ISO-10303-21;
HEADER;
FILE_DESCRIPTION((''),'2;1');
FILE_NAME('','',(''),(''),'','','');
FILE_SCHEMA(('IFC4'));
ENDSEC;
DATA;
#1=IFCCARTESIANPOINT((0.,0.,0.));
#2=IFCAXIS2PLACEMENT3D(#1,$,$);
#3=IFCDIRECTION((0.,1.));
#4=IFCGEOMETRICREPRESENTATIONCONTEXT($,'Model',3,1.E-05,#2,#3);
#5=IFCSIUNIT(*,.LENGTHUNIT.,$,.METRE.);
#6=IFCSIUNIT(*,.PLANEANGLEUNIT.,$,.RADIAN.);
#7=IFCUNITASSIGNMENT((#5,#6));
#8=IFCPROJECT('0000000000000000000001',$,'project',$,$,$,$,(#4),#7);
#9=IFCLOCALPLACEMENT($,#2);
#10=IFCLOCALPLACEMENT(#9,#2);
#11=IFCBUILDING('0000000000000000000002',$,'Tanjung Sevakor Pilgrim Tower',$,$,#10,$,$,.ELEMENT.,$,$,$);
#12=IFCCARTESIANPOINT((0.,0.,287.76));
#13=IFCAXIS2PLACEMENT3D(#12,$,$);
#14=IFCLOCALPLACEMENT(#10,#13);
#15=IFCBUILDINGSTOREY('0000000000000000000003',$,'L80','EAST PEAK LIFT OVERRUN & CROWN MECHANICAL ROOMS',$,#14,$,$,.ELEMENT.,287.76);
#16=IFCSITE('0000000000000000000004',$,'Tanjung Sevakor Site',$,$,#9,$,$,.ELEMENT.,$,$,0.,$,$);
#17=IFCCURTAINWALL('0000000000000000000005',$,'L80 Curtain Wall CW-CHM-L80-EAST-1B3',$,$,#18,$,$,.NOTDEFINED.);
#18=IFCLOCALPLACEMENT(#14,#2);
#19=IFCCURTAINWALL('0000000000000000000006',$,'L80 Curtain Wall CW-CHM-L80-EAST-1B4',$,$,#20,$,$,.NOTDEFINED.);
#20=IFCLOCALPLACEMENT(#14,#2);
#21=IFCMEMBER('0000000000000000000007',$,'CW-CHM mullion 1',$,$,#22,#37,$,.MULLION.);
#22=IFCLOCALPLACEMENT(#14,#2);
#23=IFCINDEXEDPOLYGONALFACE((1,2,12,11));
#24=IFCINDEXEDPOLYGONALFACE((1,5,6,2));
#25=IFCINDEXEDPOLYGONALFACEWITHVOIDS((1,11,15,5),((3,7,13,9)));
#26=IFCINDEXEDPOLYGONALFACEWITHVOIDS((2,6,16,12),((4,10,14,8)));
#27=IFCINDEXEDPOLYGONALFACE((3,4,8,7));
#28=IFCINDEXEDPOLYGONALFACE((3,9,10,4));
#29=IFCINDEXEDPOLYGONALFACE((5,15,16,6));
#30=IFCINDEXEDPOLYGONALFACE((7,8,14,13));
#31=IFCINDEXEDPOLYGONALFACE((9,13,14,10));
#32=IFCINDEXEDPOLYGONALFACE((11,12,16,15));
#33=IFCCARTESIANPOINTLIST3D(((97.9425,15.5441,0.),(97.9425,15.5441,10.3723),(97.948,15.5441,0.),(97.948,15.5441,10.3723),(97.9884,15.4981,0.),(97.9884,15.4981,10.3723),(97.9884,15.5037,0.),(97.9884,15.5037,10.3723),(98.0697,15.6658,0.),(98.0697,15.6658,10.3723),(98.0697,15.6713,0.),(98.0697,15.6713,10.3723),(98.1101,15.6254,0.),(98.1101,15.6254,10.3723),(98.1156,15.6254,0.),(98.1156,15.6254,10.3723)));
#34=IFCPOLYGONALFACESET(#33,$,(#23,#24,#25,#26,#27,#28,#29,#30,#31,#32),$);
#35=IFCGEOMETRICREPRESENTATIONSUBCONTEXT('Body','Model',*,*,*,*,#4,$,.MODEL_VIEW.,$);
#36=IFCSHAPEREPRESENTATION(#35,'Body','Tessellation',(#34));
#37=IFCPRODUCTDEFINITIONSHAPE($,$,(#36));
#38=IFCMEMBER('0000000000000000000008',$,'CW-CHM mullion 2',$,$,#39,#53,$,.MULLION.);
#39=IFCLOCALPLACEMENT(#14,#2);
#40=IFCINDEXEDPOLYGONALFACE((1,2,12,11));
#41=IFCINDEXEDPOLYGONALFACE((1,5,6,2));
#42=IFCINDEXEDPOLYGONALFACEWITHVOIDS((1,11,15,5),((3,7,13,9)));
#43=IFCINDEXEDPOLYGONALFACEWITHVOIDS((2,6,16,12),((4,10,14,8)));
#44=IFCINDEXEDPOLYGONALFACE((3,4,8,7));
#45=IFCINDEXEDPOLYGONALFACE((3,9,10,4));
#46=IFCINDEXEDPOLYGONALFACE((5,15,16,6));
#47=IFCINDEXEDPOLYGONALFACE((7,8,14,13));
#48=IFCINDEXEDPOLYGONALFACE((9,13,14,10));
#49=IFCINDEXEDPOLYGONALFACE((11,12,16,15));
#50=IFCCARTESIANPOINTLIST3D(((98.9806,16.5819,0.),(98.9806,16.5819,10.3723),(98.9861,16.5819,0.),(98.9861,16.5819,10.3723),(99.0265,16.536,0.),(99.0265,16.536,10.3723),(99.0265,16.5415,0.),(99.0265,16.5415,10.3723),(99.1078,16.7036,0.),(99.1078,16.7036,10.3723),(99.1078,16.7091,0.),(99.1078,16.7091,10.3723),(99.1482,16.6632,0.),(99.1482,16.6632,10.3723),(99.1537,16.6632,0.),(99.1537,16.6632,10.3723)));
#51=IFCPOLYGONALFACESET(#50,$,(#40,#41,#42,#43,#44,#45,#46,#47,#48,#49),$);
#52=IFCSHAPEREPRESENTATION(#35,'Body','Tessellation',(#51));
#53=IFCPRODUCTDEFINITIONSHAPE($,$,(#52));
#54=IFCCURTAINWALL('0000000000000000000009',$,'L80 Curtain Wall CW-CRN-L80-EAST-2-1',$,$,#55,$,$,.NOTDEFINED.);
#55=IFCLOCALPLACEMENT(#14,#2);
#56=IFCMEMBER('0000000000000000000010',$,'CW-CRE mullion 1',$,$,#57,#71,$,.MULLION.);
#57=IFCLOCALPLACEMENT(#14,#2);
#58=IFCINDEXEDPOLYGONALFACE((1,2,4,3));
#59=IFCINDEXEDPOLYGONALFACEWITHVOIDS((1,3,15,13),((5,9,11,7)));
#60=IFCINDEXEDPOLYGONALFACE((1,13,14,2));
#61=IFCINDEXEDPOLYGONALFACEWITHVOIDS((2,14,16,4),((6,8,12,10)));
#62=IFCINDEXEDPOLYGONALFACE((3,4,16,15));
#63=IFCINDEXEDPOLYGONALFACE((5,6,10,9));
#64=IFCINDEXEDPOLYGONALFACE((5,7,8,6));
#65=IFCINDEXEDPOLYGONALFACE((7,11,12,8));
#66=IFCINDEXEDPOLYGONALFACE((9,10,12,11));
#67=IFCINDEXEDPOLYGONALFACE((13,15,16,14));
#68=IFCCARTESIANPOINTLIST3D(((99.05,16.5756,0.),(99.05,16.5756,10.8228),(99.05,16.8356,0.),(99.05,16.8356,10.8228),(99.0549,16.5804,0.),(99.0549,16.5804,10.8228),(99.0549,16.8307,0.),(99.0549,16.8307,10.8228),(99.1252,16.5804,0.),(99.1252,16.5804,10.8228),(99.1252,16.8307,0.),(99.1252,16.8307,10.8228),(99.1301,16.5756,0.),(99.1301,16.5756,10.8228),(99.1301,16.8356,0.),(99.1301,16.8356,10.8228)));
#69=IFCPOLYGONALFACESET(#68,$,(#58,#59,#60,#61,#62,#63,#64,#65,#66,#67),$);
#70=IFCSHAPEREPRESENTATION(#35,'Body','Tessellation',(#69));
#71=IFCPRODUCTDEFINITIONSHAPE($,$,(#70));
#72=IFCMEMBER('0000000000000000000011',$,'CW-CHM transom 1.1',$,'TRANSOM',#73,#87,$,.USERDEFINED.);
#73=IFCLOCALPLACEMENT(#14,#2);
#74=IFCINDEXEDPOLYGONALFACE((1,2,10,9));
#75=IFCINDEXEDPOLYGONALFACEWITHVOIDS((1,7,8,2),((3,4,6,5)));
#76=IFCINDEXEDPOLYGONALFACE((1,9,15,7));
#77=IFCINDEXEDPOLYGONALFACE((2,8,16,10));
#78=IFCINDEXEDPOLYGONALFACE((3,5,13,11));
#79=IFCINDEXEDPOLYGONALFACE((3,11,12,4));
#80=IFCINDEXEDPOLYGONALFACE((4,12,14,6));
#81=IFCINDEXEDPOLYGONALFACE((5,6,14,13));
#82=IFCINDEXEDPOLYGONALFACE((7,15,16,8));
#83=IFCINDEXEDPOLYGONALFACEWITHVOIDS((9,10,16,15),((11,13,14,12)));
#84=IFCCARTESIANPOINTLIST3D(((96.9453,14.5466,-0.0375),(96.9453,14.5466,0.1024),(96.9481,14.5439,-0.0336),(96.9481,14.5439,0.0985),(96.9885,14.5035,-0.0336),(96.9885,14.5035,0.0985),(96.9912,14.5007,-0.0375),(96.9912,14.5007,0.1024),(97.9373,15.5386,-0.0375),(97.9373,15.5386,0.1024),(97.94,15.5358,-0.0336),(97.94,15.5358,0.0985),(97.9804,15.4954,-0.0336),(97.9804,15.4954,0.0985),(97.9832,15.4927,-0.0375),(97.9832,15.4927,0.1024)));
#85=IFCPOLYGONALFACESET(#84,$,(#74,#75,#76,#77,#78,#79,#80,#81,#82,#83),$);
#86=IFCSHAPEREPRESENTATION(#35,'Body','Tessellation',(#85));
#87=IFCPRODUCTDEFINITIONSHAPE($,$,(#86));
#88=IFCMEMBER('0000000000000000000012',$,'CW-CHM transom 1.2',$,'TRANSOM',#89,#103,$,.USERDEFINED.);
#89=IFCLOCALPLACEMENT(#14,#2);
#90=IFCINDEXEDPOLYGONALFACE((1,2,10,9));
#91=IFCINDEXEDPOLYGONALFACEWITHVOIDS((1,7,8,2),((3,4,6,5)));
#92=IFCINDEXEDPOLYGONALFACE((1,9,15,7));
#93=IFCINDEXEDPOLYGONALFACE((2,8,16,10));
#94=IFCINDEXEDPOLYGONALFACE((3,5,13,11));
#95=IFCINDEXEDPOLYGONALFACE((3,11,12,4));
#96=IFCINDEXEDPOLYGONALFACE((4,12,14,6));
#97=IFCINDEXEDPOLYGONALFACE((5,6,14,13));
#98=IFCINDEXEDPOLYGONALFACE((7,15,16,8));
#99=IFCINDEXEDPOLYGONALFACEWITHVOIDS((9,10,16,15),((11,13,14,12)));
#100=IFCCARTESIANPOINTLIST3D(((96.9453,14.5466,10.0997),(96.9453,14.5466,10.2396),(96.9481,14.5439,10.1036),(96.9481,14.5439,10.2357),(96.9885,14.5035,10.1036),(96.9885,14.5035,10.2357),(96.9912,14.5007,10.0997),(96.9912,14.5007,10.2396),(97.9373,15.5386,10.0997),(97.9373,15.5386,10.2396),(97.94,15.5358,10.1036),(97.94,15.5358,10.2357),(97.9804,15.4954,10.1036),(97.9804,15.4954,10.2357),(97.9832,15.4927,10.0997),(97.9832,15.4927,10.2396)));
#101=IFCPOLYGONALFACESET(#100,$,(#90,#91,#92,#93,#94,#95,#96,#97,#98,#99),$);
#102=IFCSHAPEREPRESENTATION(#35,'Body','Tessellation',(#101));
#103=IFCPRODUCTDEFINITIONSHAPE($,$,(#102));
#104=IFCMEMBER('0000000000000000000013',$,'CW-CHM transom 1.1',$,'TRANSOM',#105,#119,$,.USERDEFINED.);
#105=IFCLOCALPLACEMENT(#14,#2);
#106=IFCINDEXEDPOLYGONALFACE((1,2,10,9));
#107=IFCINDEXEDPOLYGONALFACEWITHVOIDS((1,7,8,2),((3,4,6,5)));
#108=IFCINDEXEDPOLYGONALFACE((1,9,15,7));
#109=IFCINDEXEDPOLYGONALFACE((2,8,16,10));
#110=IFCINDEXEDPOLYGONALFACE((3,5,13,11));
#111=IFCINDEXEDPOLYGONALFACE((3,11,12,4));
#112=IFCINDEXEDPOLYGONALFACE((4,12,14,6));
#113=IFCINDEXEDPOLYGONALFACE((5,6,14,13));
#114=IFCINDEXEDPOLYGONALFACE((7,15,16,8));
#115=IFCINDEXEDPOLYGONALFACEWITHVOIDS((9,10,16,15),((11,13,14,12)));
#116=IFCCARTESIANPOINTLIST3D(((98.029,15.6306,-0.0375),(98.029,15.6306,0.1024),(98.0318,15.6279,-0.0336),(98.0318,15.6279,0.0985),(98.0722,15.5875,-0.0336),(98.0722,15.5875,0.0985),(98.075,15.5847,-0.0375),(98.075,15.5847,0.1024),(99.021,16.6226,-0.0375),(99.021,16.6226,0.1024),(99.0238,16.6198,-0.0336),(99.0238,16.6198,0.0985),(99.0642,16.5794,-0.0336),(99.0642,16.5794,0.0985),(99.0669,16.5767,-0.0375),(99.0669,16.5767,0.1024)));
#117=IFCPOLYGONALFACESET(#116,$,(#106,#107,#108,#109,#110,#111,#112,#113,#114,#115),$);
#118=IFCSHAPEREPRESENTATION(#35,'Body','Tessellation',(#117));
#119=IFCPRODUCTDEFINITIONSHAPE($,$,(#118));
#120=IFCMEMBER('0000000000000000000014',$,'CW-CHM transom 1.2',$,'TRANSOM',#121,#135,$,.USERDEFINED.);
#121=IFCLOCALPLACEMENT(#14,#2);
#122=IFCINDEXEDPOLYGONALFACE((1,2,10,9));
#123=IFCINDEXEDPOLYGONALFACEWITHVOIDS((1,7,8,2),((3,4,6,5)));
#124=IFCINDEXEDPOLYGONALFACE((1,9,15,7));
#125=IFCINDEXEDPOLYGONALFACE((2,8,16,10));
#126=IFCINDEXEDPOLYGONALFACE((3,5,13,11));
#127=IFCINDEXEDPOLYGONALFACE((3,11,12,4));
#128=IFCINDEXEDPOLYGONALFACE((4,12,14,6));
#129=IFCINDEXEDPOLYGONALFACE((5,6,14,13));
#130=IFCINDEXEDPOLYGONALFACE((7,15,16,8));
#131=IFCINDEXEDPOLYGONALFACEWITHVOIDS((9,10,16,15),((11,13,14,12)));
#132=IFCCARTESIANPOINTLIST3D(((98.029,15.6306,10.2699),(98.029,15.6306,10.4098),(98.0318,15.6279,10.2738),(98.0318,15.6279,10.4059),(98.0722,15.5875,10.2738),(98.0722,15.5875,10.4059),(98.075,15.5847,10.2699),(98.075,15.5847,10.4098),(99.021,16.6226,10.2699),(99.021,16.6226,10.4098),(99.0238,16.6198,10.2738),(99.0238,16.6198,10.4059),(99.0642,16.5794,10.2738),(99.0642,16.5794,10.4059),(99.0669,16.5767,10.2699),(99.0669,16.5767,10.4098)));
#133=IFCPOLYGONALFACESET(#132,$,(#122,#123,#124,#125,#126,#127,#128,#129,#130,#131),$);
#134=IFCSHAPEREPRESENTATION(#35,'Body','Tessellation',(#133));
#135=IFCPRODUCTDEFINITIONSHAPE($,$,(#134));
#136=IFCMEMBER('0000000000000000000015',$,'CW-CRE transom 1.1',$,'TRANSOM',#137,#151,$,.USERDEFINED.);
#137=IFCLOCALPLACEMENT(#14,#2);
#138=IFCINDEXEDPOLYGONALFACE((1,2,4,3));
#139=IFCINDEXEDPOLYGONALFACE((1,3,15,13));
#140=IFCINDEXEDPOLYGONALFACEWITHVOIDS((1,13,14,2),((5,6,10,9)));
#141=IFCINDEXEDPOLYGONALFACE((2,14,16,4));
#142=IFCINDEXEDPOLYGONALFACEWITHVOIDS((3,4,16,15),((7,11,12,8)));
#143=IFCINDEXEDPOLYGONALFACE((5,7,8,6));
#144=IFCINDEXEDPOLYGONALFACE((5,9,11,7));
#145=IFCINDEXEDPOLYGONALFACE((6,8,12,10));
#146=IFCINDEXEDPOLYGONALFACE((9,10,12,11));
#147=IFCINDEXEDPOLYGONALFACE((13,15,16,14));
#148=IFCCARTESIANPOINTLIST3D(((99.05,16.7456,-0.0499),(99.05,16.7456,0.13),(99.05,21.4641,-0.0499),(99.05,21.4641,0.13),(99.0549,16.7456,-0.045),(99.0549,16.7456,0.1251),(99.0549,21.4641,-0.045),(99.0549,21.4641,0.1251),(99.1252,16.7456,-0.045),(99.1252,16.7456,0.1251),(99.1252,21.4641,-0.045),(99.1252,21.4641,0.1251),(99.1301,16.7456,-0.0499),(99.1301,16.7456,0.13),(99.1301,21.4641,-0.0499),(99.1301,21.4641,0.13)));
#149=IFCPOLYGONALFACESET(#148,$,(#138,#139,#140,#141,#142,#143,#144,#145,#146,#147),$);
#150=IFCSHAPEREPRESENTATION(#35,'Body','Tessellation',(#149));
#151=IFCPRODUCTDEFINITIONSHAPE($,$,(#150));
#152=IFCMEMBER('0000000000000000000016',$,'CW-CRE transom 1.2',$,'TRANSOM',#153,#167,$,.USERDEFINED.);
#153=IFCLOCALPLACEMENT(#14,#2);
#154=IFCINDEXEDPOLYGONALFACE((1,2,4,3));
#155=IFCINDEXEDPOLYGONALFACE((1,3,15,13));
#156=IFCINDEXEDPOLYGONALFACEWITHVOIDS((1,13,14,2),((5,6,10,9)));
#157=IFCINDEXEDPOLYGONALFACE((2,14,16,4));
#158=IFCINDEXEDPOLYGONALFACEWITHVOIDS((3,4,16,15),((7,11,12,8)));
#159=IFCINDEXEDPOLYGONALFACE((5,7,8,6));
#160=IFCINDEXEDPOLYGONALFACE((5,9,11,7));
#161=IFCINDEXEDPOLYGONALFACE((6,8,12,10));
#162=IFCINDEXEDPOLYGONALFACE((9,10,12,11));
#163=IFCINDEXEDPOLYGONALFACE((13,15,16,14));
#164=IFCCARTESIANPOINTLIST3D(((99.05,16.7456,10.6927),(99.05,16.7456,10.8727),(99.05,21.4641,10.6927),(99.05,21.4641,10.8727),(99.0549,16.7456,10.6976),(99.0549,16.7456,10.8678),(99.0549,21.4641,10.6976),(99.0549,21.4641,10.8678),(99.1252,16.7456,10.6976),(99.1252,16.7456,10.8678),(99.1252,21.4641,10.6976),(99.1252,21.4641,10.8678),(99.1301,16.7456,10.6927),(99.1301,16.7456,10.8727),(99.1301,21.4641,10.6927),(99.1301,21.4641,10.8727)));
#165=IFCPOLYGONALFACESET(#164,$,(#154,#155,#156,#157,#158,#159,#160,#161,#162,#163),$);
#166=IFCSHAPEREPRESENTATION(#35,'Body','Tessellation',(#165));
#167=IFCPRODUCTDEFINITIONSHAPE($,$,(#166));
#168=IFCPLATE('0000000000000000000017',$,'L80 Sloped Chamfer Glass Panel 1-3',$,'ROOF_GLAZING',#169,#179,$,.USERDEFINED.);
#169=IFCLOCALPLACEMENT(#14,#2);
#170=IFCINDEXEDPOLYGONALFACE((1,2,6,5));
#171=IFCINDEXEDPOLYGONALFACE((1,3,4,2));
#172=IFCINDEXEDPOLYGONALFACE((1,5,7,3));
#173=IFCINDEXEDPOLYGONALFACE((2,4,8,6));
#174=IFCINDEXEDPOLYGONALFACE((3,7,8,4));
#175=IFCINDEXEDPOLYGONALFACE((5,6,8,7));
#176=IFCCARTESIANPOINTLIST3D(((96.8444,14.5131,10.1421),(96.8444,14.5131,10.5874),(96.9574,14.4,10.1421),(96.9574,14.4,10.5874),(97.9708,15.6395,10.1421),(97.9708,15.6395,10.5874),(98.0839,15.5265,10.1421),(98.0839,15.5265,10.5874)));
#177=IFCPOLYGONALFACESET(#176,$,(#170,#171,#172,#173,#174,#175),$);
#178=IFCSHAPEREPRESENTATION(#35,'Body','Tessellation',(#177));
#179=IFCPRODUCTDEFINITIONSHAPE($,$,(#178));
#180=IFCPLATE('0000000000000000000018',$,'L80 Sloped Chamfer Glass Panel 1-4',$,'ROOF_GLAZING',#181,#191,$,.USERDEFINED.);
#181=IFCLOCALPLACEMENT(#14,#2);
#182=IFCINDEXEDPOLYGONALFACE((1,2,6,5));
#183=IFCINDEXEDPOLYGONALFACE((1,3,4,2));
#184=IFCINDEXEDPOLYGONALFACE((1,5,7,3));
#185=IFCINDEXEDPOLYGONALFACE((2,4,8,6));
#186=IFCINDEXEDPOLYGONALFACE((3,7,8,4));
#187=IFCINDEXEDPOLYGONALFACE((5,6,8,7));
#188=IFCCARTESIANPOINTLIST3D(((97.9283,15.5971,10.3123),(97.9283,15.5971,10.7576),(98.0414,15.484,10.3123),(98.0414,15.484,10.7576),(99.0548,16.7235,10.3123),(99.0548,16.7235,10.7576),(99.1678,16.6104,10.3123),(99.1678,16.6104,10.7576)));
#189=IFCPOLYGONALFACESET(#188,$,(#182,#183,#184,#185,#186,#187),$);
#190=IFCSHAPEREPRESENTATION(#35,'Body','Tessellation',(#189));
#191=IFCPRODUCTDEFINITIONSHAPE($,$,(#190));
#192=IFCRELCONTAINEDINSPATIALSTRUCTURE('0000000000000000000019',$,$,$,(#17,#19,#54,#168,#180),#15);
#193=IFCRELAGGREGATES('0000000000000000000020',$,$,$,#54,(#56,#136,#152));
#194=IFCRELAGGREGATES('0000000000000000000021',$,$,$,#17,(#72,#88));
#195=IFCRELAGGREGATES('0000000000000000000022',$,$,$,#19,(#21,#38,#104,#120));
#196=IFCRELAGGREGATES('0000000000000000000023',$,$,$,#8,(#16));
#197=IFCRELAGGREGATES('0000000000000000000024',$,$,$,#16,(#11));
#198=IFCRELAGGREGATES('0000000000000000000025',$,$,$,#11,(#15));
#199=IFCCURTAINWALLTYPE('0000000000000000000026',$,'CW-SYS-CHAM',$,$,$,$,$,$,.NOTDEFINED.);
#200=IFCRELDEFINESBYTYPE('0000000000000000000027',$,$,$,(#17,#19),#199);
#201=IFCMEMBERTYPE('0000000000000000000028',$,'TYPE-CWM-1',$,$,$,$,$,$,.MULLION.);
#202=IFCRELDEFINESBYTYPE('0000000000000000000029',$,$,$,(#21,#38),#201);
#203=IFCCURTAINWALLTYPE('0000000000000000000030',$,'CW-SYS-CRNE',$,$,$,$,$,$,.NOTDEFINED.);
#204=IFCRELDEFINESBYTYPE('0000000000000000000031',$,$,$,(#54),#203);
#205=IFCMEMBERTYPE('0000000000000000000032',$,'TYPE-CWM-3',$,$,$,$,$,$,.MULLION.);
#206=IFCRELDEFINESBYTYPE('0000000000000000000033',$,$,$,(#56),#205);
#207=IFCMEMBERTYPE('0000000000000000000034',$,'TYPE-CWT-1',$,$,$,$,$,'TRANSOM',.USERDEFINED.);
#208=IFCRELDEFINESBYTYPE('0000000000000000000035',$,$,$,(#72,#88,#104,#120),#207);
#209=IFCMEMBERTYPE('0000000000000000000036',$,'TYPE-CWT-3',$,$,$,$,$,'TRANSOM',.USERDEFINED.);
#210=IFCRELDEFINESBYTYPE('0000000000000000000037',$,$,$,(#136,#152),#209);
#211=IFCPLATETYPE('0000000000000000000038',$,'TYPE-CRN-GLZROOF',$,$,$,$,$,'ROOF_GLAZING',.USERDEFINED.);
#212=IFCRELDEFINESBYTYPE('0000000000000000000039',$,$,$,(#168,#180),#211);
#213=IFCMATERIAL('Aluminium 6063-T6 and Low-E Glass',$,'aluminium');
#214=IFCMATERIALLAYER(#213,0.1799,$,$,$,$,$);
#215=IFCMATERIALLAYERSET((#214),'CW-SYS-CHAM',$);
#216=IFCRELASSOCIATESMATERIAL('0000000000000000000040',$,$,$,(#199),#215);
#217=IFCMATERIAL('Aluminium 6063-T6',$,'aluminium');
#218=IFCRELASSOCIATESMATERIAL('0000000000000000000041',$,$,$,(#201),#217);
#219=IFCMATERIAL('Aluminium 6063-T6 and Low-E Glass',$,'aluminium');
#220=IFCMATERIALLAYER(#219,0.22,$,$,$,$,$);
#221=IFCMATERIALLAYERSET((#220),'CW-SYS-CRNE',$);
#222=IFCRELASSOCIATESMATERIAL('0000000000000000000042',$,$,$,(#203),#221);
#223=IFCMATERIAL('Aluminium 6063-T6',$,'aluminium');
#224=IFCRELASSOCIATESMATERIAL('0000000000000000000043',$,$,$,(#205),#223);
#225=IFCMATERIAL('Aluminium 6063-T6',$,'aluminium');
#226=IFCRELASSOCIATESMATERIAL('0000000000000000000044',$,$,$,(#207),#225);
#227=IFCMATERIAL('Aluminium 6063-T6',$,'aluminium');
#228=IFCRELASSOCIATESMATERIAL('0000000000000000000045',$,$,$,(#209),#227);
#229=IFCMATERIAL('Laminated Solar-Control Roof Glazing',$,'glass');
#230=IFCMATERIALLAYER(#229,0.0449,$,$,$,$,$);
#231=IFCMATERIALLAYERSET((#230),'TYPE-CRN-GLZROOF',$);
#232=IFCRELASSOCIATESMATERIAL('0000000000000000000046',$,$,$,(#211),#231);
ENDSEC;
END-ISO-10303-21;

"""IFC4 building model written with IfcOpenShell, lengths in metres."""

from ifc_helpers import new_model, si_unit, direction, frame, origin, origin_2d, place, context, subcontext, project, spatial, rectangle, hollow_rectangle, extrude, material, layer, layer_set, material_profile, profile_set, type_object, element, aggregate, save


model = new_model("IFC4")

# Units and contexts
model_context = context("Model", 3, precision=1e-05, world=origin(), true_north=direction((0.0, 1.0)))
body_context = subcontext(model_context, "Body", "Model", "MODEL_VIEW")
ifc_project = project(units=[si_unit("LENGTHUNIT", "METRE"), si_unit("PLANEANGLEUNIT", "RADIAN")], contexts=[model_context])

# Site, building, storey
site_placement = place(None, origin())
site = spatial("IfcSite", under=ifc_project, at=site_placement, Name="Tanjung Sevakor Site", CompositionType="ELEMENT", RefElevation=0.0)
building_placement = place(site_placement, origin())
building = spatial("IfcBuilding", under=site, at=building_placement, Name="Tanjung Sevakor Pilgrim Tower", CompositionType="ELEMENT")
storey_placement = place(building_placement, frame((0.0, 0.0, 287.76)))
storey = spatial("IfcBuildingStorey", under=building, at=storey_placement, Name="L80", Description="EAST PEAK LIFT OVERRUN & CROWN MECHANICAL ROOMS", CompositionType="ELEMENT", Elevation=287.76)

# Curtain walls, members
ifc_material_1 = material(Name="Aluminium 6063-T6 and Low-E Glass", Category="aluminium")
ifc_layer_1 = layer(ifc_material_1, 0.1799)
ifc_layer_set_1 = layer_set([ifc_layer_1], Name="CW-SYS-CHAM")
curtain_wall_type_1 = type_object("IfcCurtainWallType", Name="CW-SYS-CHAM", PredefinedType="NOTDEFINED", material=ifc_layer_set_1)
curtain_wall_1_placement = place(storey_placement, origin())
curtain_wall_1 = element("IfcCurtainWall", 1, at=curtain_wall_1_placement, inside=storey, type_object=curtain_wall_type_1, Name="L80 Curtain Wall CW-CHM-L80-EAST-1B3", PredefinedType="NOTDEFINED")
ifc_material_2 = material(Name="Aluminium 6063-T6", Category="aluminium")
ifc_material_profile_1 = material_profile(ifc_material_2, hollow_rectangle(XDim=0.0649, YDim=0.1799, WallThickness=0.0039, at=origin_2d()))
ifc_profile_set_1 = profile_set([ifc_material_profile_1], Name="Aluminium 6063-T6")
member_type_1 = type_object("IfcMemberType", Name="TYPE-CWM-1", PredefinedType="MULLION", material=ifc_profile_set_1)
curtain_wall_2_placement = place(storey_placement, origin())
curtain_wall_2 = element("IfcCurtainWall", 2, at=curtain_wall_2_placement, inside=storey, type_object=curtain_wall_type_1, Name="L80 Curtain Wall CW-CHM-L80-EAST-1B4", PredefinedType="NOTDEFINED")
member_1_placement = place(storey_placement, frame((98.0291, 15.5847, 0.0), z_axis=(0.0, 0.0, 1.0), x_axis=(-0.707107, 0.707107, 0.0)))
member_1 = element("IfcMember", 3, at=member_1_placement, type_object=member_type_1, Name="CW-CHM mullion 1", PredefinedType="MULLION", context=body_context, shape_type="SweptSolid", body=[
    extrude(hollow_rectangle(XDim=0.0649, YDim=0.1799, WallThickness=0.0039, at=origin_2d()), origin(), (0.0, 0.0, 1.0), 10.3723),
])
member_2_placement = place(storey_placement, frame((99.0671, 16.6226, 0.0), z_axis=(0.0, 0.0, 1.0), x_axis=(-0.707107, 0.707107, 0.0)))
member_2 = element("IfcMember", 4, at=member_2_placement, type_object=member_type_1, Name="CW-CHM mullion 2", PredefinedType="MULLION", context=body_context, shape_type="SweptSolid", body=[
    extrude(hollow_rectangle(XDim=0.0649, YDim=0.1799, WallThickness=0.0039, at=origin_2d()), origin(), (0.0, 0.0, 1.0), 10.3723),
])

# Curtain wall, member
ifc_material_3 = material(Name="Aluminium 6063-T6 and Low-E Glass", Category="aluminium")
ifc_layer_2 = layer(ifc_material_3, 0.22)
ifc_layer_set_2 = layer_set([ifc_layer_2], Name="CW-SYS-CRNE")
curtain_wall_type_2 = type_object("IfcCurtainWallType", Name="CW-SYS-CRNE", PredefinedType="NOTDEFINED", material=ifc_layer_set_2)
curtain_wall_3_placement = place(storey_placement, origin())
curtain_wall_3 = element("IfcCurtainWall", 5, at=curtain_wall_3_placement, inside=storey, type_object=curtain_wall_type_2, Name="L80 Curtain Wall CW-CRN-L80-EAST-2-1", PredefinedType="NOTDEFINED")
ifc_material_4 = material(Name="Aluminium 6063-T6", Category="aluminium")
ifc_material_profile_2 = material_profile(ifc_material_4, hollow_rectangle(XDim=0.0801, YDim=0.26, WallThickness=0.0049, at=origin_2d()))
ifc_profile_set_2 = profile_set([ifc_material_profile_2], Name="Aluminium 6063-T6")
member_type_2 = type_object("IfcMemberType", Name="TYPE-CWM-3", PredefinedType="MULLION", material=ifc_profile_set_2)
member_3_placement = place(storey_placement, frame((99.0901, 16.7056, 0.0), z_axis=(0.0, 0.0, 1.0), x_axis=(-1.0, 0.0, 0.0)))
member_3 = element("IfcMember", 6, at=member_3_placement, type_object=member_type_2, Name="CW-CRE mullion 1", PredefinedType="MULLION", context=body_context, shape_type="SweptSolid", body=[
    extrude(hollow_rectangle(XDim=0.0801, YDim=0.26, WallThickness=0.0049, at=origin_2d()), origin(), (0.0, 0.0, 1.0), 10.8228),
])

# Members
ifc_material_5 = material(Name="Aluminium 6063-T6", Category="aluminium")
ifc_material_profile_3 = material_profile(ifc_material_5, hollow_rectangle(XDim=0.0649, YDim=0.1399, WallThickness=0.0039, at=origin_2d()))
ifc_profile_set_3 = profile_set([ifc_material_profile_3], Name="Aluminium 6063-T6")
member_type_3 = type_object("IfcMemberType", Name="TYPE-CWT-1", ElementType="TRANSOM", PredefinedType="USERDEFINED", material=ifc_profile_set_3)
member_4_placement = place(storey_placement, frame((96.9683, 14.5237, 0.0325), z_axis=(0.707107, 0.707107, 0.0), x_axis=(-0.707107, 0.707107, 0.0)))
member_4 = element("IfcMember", 7, at=member_4_placement, type_object=member_type_3, Name="CW-CHM transom 1.1", ObjectType="TRANSOM", PredefinedType="USERDEFINED", context=body_context, shape_type="SweptSolid", body=[
    extrude(hollow_rectangle(XDim=0.0649, YDim=0.1399, WallThickness=0.0039, at=origin_2d()), origin(), (0.0, 0.0, 1.0), 1.4028),
])
member_5_placement = place(storey_placement, frame((96.9683, 14.5237, 10.1697), z_axis=(0.707107, 0.707107, 0.0), x_axis=(-0.707107, 0.707107, 0.0)))
member_5 = element("IfcMember", 8, at=member_5_placement, type_object=member_type_3, Name="CW-CHM transom 1.2", ObjectType="TRANSOM", PredefinedType="USERDEFINED", context=body_context, shape_type="SweptSolid", body=[
    extrude(hollow_rectangle(XDim=0.0649, YDim=0.1399, WallThickness=0.0039, at=origin_2d()), origin(), (0.0, 0.0, 1.0), 1.4028),
])
member_6_placement = place(storey_placement, frame((98.052, 15.6077, 0.0325), z_axis=(0.707107, 0.707107, 0.0), x_axis=(-0.707107, 0.707107, 0.0)))
member_6 = element("IfcMember", 9, at=member_6_placement, type_object=member_type_3, Name="CW-CHM transom 1.1", ObjectType="TRANSOM", PredefinedType="USERDEFINED", context=body_context, shape_type="SweptSolid", body=[
    extrude(hollow_rectangle(XDim=0.0649, YDim=0.1399, WallThickness=0.0039, at=origin_2d()), origin(), (0.0, 0.0, 1.0), 1.4028),
])
member_7_placement = place(storey_placement, frame((98.052, 15.6077, 10.3398), z_axis=(0.707107, 0.707107, 0.0), x_axis=(-0.707107, 0.707107, 0.0)))
member_7 = element("IfcMember", 10, at=member_7_placement, type_object=member_type_3, Name="CW-CHM transom 1.2", ObjectType="TRANSOM", PredefinedType="USERDEFINED", context=body_context, shape_type="SweptSolid", body=[
    extrude(hollow_rectangle(XDim=0.0649, YDim=0.1399, WallThickness=0.0039, at=origin_2d()), origin(), (0.0, 0.0, 1.0), 1.4028),
])
ifc_material_6 = material(Name="Aluminium 6063-T6", Category="aluminium")
ifc_material_profile_4 = material_profile(ifc_material_6, hollow_rectangle(XDim=0.0801, YDim=0.1799, WallThickness=0.0049, at=origin_2d()))
ifc_profile_set_4 = profile_set([ifc_material_profile_4], Name="Aluminium 6063-T6")
member_type_4 = type_object("IfcMemberType", Name="TYPE-CWT-3", ElementType="TRANSOM", PredefinedType="USERDEFINED", material=ifc_profile_set_4)
member_8_placement = place(storey_placement, frame((99.0901, 16.7456, 0.04), z_axis=(0.0, 1.0, 0.0), x_axis=(-1.0, 0.0, 0.0)))
member_8 = element("IfcMember", 11, at=member_8_placement, type_object=member_type_4, Name="CW-CRE transom 1.1", ObjectType="TRANSOM", PredefinedType="USERDEFINED", context=body_context, shape_type="SweptSolid", body=[
    extrude(hollow_rectangle(XDim=0.0801, YDim=0.1799, WallThickness=0.0049, at=origin_2d()), origin(), (0.0, 0.0, 1.0), 4.7185),
])
member_9_placement = place(storey_placement, frame((99.0901, 16.7456, 10.7827), z_axis=(0.0, 1.0, 0.0), x_axis=(-1.0, 0.0, 0.0)))
member_9 = element("IfcMember", 12, at=member_9_placement, type_object=member_type_4, Name="CW-CRE transom 1.2", ObjectType="TRANSOM", PredefinedType="USERDEFINED", context=body_context, shape_type="SweptSolid", body=[
    extrude(hollow_rectangle(XDim=0.0801, YDim=0.1799, WallThickness=0.0049, at=origin_2d()), origin(), (0.0, 0.0, 1.0), 4.7185),
])
aggregate(curtain_wall_3, [member_3, member_8, member_9])

# Plates
ifc_material_7 = material(Name="Laminated Solar-Control Roof Glazing", Category="glass")
ifc_layer_3 = layer(ifc_material_7, 0.0449)
ifc_layer_set_3 = layer_set([ifc_layer_3], Name="TYPE-CRN-GLZROOF")
plate_type_1 = type_object("IfcPlateType", Name="TYPE-CRN-GLZROOF", ElementType="ROOF_GLAZING", PredefinedType="USERDEFINED", material=ifc_layer_set_3)
for number, where, z_axis, x_axis, name in (
    (13, (97.4641, 15.0198, 10.1421), (0.0, 0.0, 1.0), (0.707107, 0.707107, 0.0), "L80 Sloped Chamfer Glass Panel 1-3"),
    (14, (98.5481, 16.1038, 10.3123), (0.0, 0.0, 1.0), (0.707107, 0.707107, 0.0), "L80 Sloped Chamfer Glass Panel 1-4"),
):
    element("IfcPlate", number, at=place(storey_placement, frame(where, z_axis=z_axis, x_axis=x_axis)), inside=storey, type_object=plate_type_1, Name=name, ObjectType="ROOF_GLAZING", PredefinedType="USERDEFINED", context=body_context, shape_type="SweptSolid", body=[
        extrude(rectangle(XDim=1.593, YDim=0.1599, at=origin_2d()), origin(), (0.0, 0.0, 1.0), 0.4453),
    ])

aggregate(curtain_wall_1, [member_4, member_5])
aggregate(curtain_wall_2, [member_1, member_2, member_6, member_7])

save(model, "model.ifc")
